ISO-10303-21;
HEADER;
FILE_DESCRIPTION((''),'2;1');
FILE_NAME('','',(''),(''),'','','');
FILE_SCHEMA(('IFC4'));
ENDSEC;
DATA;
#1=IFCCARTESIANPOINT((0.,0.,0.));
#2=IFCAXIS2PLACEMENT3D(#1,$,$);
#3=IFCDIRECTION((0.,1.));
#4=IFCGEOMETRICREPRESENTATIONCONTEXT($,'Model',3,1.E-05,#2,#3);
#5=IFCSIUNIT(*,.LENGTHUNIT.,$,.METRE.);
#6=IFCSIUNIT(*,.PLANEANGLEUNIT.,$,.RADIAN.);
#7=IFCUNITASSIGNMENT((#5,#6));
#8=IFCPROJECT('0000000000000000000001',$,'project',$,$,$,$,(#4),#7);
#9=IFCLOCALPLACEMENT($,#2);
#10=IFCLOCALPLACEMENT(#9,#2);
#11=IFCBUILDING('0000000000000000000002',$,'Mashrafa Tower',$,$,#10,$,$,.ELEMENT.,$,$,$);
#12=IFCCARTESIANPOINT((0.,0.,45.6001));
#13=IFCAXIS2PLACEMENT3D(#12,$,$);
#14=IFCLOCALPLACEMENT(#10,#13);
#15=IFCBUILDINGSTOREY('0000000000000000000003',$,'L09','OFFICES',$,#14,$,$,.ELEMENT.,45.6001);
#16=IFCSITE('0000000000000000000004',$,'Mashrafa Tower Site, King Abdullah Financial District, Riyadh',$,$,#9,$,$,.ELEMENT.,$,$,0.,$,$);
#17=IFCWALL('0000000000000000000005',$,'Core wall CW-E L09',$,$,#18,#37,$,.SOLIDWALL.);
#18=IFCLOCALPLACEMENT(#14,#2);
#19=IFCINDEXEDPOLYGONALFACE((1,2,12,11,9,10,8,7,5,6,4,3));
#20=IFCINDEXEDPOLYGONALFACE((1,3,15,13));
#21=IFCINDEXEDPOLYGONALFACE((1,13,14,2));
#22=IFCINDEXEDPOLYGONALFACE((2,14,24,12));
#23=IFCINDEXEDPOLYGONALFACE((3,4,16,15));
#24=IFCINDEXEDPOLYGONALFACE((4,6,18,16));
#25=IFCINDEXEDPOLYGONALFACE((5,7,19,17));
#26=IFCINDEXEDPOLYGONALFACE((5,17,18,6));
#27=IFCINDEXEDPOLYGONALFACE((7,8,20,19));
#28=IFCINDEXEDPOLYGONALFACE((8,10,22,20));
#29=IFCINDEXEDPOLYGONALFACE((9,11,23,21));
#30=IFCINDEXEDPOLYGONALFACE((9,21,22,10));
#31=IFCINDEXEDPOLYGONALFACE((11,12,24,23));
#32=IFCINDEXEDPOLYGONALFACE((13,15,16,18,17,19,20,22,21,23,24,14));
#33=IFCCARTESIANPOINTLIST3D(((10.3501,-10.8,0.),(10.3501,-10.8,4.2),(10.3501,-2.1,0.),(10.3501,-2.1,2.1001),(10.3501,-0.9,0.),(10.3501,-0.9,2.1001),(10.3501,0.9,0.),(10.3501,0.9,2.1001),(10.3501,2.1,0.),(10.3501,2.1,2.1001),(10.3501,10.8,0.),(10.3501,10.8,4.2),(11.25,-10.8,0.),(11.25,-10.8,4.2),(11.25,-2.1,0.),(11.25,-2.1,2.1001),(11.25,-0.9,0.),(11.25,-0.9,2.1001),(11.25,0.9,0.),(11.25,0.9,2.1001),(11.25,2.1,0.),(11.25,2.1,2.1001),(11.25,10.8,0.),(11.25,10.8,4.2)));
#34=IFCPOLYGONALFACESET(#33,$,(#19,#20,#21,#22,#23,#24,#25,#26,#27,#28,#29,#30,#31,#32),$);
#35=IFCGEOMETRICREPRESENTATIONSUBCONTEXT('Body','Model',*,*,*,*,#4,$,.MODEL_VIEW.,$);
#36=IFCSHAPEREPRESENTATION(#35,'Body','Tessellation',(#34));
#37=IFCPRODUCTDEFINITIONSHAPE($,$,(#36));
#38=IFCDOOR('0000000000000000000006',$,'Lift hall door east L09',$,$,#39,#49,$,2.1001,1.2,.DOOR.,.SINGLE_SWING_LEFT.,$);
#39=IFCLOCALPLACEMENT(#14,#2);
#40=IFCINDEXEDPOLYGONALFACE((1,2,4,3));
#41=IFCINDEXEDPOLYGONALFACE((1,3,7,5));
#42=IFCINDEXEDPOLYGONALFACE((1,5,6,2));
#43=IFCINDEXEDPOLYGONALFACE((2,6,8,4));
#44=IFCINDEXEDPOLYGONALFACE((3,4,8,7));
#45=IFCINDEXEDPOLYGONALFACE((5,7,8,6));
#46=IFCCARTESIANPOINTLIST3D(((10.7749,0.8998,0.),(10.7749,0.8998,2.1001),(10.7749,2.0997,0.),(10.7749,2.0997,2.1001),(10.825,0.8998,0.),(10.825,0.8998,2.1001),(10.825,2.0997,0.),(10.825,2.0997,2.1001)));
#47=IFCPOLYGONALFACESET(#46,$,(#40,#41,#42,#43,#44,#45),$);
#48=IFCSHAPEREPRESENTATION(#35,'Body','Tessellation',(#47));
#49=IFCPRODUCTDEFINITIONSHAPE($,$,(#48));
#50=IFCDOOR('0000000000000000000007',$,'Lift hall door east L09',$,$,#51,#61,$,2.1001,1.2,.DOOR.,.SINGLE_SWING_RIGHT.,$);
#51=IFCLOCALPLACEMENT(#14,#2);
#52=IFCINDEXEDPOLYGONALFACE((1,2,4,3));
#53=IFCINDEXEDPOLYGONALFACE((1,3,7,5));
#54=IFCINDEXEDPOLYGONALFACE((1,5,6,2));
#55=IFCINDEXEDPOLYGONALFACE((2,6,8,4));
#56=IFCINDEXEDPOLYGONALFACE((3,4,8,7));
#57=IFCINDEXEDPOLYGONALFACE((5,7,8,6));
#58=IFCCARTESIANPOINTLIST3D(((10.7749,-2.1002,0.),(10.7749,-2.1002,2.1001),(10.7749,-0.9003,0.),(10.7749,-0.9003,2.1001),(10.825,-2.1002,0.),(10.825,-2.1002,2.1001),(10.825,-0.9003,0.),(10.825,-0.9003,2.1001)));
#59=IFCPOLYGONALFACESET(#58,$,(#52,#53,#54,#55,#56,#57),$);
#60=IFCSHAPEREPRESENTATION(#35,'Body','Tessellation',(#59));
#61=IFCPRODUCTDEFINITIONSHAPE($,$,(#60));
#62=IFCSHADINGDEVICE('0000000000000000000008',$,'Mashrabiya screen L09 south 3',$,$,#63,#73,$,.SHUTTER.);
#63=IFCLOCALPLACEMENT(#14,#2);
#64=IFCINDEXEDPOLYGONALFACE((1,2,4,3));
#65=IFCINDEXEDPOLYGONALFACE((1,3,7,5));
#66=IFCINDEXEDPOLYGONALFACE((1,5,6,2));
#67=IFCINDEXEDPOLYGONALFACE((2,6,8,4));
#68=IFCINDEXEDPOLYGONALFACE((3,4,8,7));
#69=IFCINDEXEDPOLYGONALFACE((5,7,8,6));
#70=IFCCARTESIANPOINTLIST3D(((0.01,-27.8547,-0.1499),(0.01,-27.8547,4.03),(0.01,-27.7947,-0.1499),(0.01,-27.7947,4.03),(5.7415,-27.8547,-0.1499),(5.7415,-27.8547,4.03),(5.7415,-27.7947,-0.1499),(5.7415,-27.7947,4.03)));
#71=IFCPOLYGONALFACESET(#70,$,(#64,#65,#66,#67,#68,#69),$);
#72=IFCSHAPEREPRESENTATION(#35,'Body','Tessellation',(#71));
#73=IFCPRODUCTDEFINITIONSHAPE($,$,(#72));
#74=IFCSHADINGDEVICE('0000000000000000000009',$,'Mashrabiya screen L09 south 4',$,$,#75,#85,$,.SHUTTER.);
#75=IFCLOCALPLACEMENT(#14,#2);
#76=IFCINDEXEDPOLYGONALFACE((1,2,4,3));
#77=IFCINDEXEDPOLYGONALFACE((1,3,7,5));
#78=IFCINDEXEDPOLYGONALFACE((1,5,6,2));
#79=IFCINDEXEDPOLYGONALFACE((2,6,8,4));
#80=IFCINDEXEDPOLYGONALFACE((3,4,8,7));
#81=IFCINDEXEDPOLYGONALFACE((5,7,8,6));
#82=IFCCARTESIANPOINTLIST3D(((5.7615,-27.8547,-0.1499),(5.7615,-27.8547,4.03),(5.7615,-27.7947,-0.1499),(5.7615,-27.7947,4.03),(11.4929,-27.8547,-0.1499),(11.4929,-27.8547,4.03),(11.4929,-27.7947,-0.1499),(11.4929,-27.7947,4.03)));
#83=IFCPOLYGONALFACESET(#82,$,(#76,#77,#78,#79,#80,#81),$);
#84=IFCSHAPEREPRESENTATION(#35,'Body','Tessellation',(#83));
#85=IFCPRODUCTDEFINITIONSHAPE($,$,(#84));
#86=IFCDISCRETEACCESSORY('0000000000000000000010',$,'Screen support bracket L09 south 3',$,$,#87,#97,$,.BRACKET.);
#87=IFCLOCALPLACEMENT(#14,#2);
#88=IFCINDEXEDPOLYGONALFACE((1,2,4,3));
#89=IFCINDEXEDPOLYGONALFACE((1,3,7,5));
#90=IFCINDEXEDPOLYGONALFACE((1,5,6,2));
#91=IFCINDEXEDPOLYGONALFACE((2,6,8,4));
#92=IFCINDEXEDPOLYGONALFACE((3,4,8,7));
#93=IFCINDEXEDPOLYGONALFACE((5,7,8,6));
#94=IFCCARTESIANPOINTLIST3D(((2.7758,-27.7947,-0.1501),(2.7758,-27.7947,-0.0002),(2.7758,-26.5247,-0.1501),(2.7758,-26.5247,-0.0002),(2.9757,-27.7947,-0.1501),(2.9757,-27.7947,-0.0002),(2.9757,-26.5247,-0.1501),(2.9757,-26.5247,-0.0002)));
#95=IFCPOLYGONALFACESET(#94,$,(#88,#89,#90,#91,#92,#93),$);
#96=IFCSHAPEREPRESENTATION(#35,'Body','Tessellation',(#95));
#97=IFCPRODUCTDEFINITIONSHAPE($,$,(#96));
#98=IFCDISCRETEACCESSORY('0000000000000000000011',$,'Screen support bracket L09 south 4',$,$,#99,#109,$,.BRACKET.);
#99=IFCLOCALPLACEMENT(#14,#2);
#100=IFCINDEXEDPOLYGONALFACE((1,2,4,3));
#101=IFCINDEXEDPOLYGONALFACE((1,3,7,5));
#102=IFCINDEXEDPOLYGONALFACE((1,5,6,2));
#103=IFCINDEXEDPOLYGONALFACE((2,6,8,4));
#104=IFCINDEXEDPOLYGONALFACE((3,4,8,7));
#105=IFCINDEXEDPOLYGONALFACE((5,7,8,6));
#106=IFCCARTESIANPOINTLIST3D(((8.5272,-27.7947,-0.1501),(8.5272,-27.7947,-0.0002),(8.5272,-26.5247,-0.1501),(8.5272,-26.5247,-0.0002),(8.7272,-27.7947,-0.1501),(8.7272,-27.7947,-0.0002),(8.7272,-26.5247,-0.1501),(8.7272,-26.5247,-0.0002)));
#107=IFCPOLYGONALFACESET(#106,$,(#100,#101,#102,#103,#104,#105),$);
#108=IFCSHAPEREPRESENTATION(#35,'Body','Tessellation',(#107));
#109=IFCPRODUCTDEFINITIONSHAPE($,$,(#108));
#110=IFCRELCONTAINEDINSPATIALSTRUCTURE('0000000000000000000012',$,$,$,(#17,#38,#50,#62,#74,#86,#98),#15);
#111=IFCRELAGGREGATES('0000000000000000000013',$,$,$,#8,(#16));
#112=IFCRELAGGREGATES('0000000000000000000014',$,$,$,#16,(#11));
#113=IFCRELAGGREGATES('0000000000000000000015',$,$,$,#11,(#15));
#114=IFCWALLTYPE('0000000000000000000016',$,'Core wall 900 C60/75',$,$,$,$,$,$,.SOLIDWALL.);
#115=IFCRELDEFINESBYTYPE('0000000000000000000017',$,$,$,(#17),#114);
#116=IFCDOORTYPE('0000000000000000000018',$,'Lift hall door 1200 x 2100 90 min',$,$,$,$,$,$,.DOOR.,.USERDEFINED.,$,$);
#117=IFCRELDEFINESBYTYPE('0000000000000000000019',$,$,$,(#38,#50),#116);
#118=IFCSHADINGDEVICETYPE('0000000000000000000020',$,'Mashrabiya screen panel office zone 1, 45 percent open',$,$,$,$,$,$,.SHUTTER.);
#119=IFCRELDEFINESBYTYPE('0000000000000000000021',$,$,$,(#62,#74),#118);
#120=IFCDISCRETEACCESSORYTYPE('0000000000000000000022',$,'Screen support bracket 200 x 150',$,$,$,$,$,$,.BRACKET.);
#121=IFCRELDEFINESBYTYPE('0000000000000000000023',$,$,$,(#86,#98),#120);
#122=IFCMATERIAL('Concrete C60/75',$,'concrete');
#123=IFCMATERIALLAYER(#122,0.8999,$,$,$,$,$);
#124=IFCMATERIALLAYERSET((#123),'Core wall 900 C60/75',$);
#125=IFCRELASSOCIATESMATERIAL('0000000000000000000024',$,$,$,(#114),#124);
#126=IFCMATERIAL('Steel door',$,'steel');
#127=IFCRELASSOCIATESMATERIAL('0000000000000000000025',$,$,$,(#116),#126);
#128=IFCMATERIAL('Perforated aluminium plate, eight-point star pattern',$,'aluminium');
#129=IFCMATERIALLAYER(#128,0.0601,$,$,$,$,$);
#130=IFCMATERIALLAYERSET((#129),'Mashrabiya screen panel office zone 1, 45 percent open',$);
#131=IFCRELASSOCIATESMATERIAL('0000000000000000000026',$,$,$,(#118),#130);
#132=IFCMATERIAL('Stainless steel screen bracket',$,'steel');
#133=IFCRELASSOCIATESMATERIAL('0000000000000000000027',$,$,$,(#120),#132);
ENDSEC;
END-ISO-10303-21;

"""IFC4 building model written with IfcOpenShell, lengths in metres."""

from ifc_helpers import new_model, si_unit, direction, frame, frame_2d, origin, origin_2d, place, context, subcontext, project, spatial, rectangle, extrude, source, transform, mapped, material, layer, layer_set, type_object, type_shapes, element, fill, save


model = new_model("IFC4")

# Units and contexts
model_context = context("Model", 3, precision=1e-05, world=origin(), true_north=direction((0.0, 1.0)))
body_context = subcontext(model_context, "Body", "Model", "MODEL_VIEW")
ifc_project = project(units=[si_unit("LENGTHUNIT", "METRE"), si_unit("PLANEANGLEUNIT", "RADIAN")], contexts=[model_context])

# Site, building, storey
site_placement = place(None, origin())
site = spatial("IfcSite", under=ifc_project, at=site_placement, Name="Mashrafa Tower Site, King Abdullah Financial District, Riyadh", CompositionType="ELEMENT", RefElevation=0.0)
building_placement = place(site_placement, origin())
building = spatial("IfcBuilding", under=site, at=building_placement, Name="Mashrafa Tower", CompositionType="ELEMENT")
storey_placement = place(building_placement, frame((0.0, 0.0, 45.6001)))
storey = spatial("IfcBuildingStorey", under=building, at=storey_placement, Name="L09", Description="OFFICES", CompositionType="ELEMENT", Elevation=45.6001)

# Wall, openings, doors
ifc_material_1 = material(Name="Concrete C60/75", Category="concrete")
ifc_layer_1 = layer(ifc_material_1, 0.8999)
ifc_layer_set_1 = layer_set([ifc_layer_1], Name="Core wall 900 C60/75")
wall_type = type_object("IfcWallType", Name="Core wall 900 C60/75", PredefinedType="SOLIDWALL", material=ifc_layer_set_1)
wall_placement = place(storey_placement, frame((10.8, -10.8, 0.0), z_axis=(0.0, 0.0, 1.0), x_axis=(0.0, 1.0, 0.0)))
wall = element("IfcWall", 1, at=wall_placement, inside=storey, type_object=wall_type, Name="Core wall CW-E L09", PredefinedType="SOLIDWALL", context=body_context, shape_type="SweptSolid", body=[
    extrude(rectangle(XDim=21.6001, YDim=0.8999, at=frame_2d((10.8, 0.0))), origin(), (0.0, 0.0, 1.0), 4.2),
])
opening_1_placement = place(wall_placement, frame((11.7, 0.0, 0.0)))
opening_1 = element("IfcOpeningElement", 2, at=opening_1_placement, cuts=wall, PredefinedType="OPENING", context=body_context, shape_type="SweptSolid", body=[
    extrude(rectangle(XDim=1.2, YDim=2.1001, at=frame_2d((0.6001, 1.05))), frame((0.0, 0.46, 0.0), z_axis=(0.0, -1.0, 0.0), x_axis=(1.0, 0.0, 0.0)), (0.0, 0.0, 1.0), 0.9199),
])
opening_2_placement = place(wall_placement, frame((8.7, 0.0, 0.0)))
opening_2 = element("IfcOpeningElement", 3, at=opening_2_placement, cuts=wall, PredefinedType="OPENING", context=body_context, shape_type="SweptSolid", body=[
    extrude(rectangle(XDim=1.2, YDim=2.1001, at=frame_2d((0.6001, 1.05))), frame((0.0, 0.46, 0.0), z_axis=(0.0, -1.0, 0.0), x_axis=(1.0, 0.0, 0.0)), (0.0, 0.0, 1.0), 0.9199),
])
ifc_material_2 = material(Name="Steel door", Category="steel")
door_type = type_object("IfcDoorType", Name="Lift hall door 1200 x 2100 90 min", OperationType="USERDEFINED", PredefinedType="DOOR", material=ifc_material_2)
door_1_placement = place(opening_1_placement, frame((1.2, 0.0, 0.0), z_axis=(0.0, 0.0, 1.0), x_axis=(-1.0, 0.0, 0.0)))
door_1 = element("IfcDoor", 4, at=door_1_placement, inside=storey, type_object=door_type, Name="Lift hall door east L09", OperationType="SINGLE_SWING_LEFT", OverallHeight=2.1001, OverallWidth=1.2, PredefinedType="DOOR", context=body_context, shape_type="SweptSolid", body=[
    extrude(rectangle(XDim=1.2, YDim=2.1001, at=frame_2d((0.6001, 1.05))), frame((0.0, 0.0249, 0.0), z_axis=(0.0, -1.0, 0.0), x_axis=(1.0, 0.0, 0.0)), (0.0, 0.0, 1.0), 0.05),
])
fill(opening_1, door_1)
door_2_placement = place(opening_2_placement, frame((1.2, 0.0, 0.0), z_axis=(0.0, 0.0, 1.0), x_axis=(-1.0, 0.0, 0.0)))
door_2 = element("IfcDoor", 5, at=door_2_placement, inside=storey, type_object=door_type, Name="Lift hall door east L09", OperationType="SINGLE_SWING_RIGHT", OverallHeight=2.1001, OverallWidth=1.2, PredefinedType="DOOR", context=body_context, shape_type="SweptSolid", body=[
    extrude(rectangle(XDim=1.2, YDim=2.1001, at=frame_2d((0.6001, 1.05))), frame((0.0, 0.0249, 0.0), z_axis=(0.0, -1.0, 0.0), x_axis=(1.0, 0.0, 0.0)), (0.0, 0.0, 1.0), 0.05),
])
fill(opening_2, door_2)

# Shading devices
ifc_material_3 = material(Name="Perforated aluminium plate, eight-point star pattern", Category="aluminium")
ifc_layer_2 = layer(ifc_material_3, 0.0601)
ifc_layer_set_2 = layer_set([ifc_layer_2], Name="Mashrabiya screen panel office zone 1, 45 percent open")
shading_device_type = type_object("IfcShadingDeviceType", Name="Mashrabiya screen panel office zone 1, 45 percent open", PredefinedType="SHUTTER", material=ifc_layer_set_2)
shared_shape_1 = source(origin(), body_context, "Body", "SweptSolid", [
    extrude(rectangle(XDim=5.7314, YDim=0.0601, at=origin_2d()), origin(), (0.0, 0.0, 1.0), 4.1799),
])
type_shapes(shading_device_type, [shared_shape_1])
for number, where, z_axis, x_axis, name in (
    (6, (2.8757, -27.8247, -0.1499), (0.0, 0.0, 1.0), (1.0, 0.0, 0.0), "Mashrabiya screen L09 south 3"),
    (7, (8.6272, -27.8247, -0.1499), (0.0, 0.0, 1.0), (1.0, 0.0, 0.0), "Mashrabiya screen L09 south 4"),
):
    element("IfcShadingDevice", number, at=place(storey_placement, frame(where, z_axis=z_axis, x_axis=x_axis)), inside=storey, type_object=shading_device_type, Name=name, PredefinedType="SHUTTER", context=body_context, shape_type="MappedRepresentation", body=[
        mapped(shared_shape_1, transform((0.0, 0.0, 0.0))),
    ])

# Discrete accessories
ifc_material_4 = material(Name="Stainless steel screen bracket", Category="steel")
discrete_accessory_type = type_object("IfcDiscreteAccessoryType", Name="Screen support bracket 200 x 150", PredefinedType="BRACKET", material=ifc_material_4)
shared_shape_2 = source(origin(), body_context, "Body", "SweptSolid", [
    extrude(rectangle(XDim=0.2, YDim=1.27, at=origin_2d()), origin(), (0.0, 0.0, 1.0), 0.1499),
])
type_shapes(discrete_accessory_type, [shared_shape_2])
for number, where, z_axis, x_axis, name in (
    (8, (2.8757, -27.1597, -0.1501), (0.0, 0.0, 1.0), (1.0, 0.0, 0.0), "Screen support bracket L09 south 3"),
    (9, (8.6272, -27.1597, -0.1501), (0.0, 0.0, 1.0), (1.0, 0.0, 0.0), "Screen support bracket L09 south 4"),
):
    element("IfcDiscreteAccessory", number, at=place(storey_placement, frame(where, z_axis=z_axis, x_axis=x_axis)), inside=storey, type_object=discrete_accessory_type, Name=name, PredefinedType="BRACKET", context=body_context, shape_type="MappedRepresentation", body=[
        mapped(shared_shape_2, transform((0.0, 0.0, 0.0))),
    ])

save(model, "model.ifc")
